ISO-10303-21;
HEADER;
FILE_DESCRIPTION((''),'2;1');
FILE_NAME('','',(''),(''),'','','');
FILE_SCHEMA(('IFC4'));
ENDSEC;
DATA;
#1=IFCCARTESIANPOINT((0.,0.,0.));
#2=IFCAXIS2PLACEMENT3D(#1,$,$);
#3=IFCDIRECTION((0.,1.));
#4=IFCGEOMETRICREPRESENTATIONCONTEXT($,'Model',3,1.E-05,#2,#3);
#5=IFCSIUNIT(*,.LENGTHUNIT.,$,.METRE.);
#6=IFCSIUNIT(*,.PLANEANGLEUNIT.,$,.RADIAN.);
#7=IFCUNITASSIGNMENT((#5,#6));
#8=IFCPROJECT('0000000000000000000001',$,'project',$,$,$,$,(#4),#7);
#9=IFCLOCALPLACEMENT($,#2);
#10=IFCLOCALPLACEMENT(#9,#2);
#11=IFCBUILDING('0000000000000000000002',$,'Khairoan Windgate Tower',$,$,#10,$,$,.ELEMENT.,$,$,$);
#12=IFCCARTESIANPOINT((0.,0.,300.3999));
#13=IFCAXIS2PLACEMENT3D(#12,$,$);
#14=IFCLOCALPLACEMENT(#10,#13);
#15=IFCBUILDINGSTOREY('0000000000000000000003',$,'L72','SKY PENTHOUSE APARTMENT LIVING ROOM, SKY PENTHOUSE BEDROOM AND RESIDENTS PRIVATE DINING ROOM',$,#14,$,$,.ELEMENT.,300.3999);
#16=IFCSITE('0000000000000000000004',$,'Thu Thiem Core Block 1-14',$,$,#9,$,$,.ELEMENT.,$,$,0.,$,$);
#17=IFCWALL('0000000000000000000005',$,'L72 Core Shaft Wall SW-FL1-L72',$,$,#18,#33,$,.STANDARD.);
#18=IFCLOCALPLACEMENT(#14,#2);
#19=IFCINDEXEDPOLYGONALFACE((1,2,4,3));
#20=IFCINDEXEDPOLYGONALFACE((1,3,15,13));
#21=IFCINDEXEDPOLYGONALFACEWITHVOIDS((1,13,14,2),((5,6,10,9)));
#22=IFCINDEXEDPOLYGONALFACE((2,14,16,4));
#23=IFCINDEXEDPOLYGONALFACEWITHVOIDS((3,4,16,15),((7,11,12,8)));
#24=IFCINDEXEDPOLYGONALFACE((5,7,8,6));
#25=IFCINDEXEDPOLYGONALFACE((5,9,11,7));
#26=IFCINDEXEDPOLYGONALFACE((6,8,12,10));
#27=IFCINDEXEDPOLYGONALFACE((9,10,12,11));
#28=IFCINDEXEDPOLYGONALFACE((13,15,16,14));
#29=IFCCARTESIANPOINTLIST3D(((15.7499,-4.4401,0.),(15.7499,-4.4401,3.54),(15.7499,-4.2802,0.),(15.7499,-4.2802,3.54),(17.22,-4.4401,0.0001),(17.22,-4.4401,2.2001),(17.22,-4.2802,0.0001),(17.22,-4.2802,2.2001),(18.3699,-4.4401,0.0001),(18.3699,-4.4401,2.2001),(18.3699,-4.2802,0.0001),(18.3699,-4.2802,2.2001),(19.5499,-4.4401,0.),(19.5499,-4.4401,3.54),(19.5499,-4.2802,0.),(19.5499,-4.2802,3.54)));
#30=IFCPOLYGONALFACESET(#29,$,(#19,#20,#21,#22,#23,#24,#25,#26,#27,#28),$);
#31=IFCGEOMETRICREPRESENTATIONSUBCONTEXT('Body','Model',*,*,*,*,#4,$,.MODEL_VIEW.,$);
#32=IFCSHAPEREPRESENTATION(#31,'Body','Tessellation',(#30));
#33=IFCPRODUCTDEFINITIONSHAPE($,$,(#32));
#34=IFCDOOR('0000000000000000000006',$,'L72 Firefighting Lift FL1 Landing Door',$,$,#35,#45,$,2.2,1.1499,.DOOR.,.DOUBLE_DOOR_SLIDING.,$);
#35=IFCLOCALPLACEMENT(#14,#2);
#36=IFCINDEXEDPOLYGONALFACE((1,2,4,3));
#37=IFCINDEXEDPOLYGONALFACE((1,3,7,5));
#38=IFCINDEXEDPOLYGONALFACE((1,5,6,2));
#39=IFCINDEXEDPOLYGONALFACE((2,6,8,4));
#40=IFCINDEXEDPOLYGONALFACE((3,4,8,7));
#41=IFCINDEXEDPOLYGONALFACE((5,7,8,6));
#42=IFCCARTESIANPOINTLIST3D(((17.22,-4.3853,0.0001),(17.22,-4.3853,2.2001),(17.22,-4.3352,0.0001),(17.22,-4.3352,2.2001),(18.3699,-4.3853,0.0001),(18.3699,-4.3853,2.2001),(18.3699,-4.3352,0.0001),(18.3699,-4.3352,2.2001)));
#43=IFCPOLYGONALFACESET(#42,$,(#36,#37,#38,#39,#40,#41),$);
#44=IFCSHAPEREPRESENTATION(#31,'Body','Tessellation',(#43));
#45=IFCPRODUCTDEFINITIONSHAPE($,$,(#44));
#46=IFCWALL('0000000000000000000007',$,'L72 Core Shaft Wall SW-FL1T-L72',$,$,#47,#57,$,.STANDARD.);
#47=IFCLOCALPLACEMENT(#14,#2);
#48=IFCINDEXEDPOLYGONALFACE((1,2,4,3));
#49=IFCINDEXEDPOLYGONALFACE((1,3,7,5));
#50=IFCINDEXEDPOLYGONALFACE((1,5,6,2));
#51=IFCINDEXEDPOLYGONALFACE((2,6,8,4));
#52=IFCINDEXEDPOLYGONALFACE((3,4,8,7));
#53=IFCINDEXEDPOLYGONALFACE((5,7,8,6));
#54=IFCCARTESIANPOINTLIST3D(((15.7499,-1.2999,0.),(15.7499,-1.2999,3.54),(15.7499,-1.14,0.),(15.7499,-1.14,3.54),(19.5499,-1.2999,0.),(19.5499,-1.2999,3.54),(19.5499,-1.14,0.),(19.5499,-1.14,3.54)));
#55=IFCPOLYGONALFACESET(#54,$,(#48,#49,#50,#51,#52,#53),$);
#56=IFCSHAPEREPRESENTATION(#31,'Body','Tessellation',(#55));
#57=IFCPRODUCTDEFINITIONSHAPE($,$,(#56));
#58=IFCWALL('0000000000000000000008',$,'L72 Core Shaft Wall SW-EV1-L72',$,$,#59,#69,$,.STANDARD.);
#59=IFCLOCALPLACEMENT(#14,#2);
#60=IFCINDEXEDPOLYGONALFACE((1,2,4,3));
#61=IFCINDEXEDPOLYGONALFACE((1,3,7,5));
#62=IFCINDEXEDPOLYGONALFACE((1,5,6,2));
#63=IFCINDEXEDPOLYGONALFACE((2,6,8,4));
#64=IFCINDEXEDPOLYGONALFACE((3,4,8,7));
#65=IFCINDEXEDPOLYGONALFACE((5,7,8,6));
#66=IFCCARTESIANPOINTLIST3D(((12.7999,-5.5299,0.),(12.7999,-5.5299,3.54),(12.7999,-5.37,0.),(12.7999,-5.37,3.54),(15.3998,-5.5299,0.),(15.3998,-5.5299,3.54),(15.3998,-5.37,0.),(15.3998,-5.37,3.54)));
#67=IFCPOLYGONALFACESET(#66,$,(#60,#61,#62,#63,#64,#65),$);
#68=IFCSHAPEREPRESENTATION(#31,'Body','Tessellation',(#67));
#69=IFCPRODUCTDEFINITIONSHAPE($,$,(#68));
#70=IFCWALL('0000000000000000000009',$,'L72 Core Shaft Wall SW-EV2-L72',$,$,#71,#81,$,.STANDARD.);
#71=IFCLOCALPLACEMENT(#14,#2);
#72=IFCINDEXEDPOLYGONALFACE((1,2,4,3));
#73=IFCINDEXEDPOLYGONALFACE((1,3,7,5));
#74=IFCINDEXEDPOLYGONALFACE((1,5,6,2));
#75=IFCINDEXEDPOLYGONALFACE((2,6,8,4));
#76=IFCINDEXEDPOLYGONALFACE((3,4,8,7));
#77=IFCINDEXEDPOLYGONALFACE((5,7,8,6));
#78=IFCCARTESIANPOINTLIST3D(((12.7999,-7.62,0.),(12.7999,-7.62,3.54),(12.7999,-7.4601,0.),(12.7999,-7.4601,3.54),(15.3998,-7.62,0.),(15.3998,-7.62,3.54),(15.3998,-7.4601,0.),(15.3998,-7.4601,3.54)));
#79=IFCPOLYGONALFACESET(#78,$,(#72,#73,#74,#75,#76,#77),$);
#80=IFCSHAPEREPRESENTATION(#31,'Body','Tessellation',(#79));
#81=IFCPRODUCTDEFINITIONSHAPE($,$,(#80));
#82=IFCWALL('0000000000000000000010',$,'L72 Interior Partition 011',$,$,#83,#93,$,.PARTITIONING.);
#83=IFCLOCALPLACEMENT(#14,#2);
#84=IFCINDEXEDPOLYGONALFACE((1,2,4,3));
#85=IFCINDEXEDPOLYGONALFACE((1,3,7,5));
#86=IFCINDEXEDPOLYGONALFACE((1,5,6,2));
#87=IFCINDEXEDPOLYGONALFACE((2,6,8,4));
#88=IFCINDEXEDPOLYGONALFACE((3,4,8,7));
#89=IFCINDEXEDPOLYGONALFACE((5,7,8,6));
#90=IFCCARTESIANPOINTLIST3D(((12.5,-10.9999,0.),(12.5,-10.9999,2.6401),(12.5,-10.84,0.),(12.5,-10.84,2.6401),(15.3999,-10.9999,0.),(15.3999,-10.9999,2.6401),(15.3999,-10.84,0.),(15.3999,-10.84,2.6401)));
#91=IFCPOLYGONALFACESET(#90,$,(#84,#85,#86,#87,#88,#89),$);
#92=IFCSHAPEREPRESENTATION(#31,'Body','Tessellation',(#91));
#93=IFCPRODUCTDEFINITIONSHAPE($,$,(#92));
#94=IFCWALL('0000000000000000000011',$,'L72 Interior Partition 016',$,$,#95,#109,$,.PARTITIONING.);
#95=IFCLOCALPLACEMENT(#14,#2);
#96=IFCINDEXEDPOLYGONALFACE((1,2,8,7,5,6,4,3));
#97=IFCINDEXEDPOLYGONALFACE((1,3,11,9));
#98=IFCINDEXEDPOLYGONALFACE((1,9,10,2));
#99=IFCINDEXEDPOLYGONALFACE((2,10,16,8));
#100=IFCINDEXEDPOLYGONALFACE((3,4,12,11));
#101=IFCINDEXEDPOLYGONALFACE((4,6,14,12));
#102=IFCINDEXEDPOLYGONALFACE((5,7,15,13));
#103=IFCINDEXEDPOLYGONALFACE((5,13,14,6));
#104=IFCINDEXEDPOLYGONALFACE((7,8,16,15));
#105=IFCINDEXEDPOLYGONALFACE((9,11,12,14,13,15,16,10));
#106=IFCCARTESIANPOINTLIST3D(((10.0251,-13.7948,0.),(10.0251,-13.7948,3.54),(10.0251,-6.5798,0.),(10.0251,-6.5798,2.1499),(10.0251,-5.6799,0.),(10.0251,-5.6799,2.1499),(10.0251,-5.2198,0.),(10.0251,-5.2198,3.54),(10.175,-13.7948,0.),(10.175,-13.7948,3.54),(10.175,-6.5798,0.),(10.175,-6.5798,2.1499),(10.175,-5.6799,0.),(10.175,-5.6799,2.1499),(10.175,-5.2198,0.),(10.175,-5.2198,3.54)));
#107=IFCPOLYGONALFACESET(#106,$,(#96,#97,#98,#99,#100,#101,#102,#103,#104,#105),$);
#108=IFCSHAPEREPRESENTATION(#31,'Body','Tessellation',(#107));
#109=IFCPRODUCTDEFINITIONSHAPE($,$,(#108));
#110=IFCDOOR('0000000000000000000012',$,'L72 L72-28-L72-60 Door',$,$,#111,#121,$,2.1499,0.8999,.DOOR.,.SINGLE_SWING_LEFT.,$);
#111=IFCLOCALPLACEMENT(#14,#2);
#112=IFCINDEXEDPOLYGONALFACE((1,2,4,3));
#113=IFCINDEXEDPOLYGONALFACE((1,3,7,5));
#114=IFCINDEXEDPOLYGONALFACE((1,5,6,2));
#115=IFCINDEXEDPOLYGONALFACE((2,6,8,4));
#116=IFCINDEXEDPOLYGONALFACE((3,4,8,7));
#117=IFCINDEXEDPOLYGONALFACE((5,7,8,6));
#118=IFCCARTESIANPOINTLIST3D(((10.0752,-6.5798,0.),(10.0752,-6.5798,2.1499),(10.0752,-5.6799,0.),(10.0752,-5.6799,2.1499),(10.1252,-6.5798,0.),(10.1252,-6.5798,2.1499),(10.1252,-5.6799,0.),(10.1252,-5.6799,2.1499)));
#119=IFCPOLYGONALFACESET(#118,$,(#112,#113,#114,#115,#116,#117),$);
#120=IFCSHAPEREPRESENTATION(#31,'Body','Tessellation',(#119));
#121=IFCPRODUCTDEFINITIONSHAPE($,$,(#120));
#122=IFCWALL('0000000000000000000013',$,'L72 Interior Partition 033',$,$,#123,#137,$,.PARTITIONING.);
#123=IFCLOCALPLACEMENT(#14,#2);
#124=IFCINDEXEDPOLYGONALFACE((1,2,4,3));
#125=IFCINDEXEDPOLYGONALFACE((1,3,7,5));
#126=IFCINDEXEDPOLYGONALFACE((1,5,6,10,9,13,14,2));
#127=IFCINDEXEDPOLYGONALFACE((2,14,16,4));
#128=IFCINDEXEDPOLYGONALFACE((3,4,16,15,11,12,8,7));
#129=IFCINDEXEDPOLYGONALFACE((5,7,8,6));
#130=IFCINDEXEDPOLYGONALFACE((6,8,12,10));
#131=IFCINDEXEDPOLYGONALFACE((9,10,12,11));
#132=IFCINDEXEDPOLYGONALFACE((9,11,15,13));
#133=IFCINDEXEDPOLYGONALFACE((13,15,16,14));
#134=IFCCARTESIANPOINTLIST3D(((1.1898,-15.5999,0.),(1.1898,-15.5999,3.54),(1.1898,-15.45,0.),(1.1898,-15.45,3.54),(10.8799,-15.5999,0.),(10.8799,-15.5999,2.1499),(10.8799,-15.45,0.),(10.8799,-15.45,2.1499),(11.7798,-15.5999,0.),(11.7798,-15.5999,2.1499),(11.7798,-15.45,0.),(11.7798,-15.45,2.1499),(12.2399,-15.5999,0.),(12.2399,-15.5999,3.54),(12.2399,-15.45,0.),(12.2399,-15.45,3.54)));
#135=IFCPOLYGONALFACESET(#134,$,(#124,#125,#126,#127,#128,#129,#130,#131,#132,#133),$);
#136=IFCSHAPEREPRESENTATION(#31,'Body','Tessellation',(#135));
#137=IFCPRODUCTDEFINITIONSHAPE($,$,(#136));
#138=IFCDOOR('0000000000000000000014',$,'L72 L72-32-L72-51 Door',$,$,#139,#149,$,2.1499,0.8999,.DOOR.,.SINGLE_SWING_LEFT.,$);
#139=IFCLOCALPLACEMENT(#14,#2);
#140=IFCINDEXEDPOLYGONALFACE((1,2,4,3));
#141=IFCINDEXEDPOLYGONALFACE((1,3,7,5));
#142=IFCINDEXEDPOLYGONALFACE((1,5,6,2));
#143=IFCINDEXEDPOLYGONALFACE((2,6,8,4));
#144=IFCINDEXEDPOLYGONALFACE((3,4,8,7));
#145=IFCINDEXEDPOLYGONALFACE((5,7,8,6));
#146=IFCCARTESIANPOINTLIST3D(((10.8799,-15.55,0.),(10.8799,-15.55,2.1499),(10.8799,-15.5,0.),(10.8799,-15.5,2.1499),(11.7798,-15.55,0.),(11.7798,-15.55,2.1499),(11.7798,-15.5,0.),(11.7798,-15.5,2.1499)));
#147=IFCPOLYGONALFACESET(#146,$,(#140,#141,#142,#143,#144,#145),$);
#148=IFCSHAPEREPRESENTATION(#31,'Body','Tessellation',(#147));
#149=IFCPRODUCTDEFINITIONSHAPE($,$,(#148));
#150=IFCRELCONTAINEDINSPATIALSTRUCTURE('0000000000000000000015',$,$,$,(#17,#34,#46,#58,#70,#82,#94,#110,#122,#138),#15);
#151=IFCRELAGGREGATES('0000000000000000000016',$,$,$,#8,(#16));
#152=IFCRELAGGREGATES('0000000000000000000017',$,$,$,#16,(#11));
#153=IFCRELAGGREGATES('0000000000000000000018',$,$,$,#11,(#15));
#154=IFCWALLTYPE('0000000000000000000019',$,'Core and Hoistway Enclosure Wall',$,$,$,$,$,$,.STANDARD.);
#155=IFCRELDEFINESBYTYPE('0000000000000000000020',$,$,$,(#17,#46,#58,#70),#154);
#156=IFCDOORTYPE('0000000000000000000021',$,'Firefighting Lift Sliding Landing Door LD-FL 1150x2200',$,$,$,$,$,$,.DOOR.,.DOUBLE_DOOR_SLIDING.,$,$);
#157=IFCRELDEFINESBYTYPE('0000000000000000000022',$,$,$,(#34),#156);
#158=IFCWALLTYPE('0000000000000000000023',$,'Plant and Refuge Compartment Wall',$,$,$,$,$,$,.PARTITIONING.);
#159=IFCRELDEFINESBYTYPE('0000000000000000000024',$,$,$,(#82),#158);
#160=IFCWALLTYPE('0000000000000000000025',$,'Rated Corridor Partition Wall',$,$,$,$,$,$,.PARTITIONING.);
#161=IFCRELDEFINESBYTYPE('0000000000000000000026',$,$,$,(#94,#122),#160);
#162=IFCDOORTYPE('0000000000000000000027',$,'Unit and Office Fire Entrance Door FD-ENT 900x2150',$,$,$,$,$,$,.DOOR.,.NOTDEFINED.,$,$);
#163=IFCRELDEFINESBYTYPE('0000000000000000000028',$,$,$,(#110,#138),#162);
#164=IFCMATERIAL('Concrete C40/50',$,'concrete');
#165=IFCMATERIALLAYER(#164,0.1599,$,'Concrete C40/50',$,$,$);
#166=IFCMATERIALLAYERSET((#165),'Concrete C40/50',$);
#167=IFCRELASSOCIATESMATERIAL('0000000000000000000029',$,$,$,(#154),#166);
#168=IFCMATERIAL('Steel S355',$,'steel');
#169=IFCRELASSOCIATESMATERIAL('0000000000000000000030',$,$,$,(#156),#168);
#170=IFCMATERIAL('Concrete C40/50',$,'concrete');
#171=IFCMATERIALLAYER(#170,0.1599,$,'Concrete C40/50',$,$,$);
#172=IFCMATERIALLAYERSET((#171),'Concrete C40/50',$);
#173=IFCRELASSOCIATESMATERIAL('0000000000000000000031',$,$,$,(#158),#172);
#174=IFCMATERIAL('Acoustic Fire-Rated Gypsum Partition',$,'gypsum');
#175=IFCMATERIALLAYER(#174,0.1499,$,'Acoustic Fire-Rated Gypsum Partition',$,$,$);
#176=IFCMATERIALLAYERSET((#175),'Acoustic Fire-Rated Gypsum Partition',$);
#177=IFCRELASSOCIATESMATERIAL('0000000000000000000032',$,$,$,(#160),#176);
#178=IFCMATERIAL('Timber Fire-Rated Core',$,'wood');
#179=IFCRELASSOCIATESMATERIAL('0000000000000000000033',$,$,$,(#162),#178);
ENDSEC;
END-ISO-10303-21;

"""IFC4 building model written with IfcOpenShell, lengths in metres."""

from ifc_helpers import new_model, si_unit, direction, frame, frame_2d, origin, place, context, subcontext, project, spatial, rectangle, extrude, material, layer, layer_set, type_object, element, fill, save


model = new_model("IFC4")

# Units and contexts
model_context = context("Model", 3, precision=1e-05, world=origin(), true_north=direction((0.0, 1.0)))
body_context = subcontext(model_context, "Body", "Model", "MODEL_VIEW")
ifc_project = project(units=[si_unit("LENGTHUNIT", "METRE"), si_unit("PLANEANGLEUNIT", "RADIAN")], contexts=[model_context])

# Site, building, storey
site_placement = place(None, origin())
site = spatial("IfcSite", under=ifc_project, at=site_placement, Name="Thu Thiem Core Block 1-14", CompositionType="ELEMENT", RefElevation=0.0)
building_placement = place(site_placement, origin())
building = spatial("IfcBuilding", under=site, at=building_placement, Name="Khairoan Windgate Tower", CompositionType="ELEMENT")
storey_placement = place(building_placement, frame((0.0, 0.0, 300.3999)))
storey = spatial("IfcBuildingStorey", under=building, at=storey_placement, Name="L72", Description="SKY PENTHOUSE APARTMENT LIVING ROOM, SKY PENTHOUSE BEDROOM AND RESIDENTS PRIVATE DINING ROOM", CompositionType="ELEMENT", Elevation=300.3999)

# Shared definitions
ifc_material_1 = material(Name="Concrete C40/50", Category="concrete")
ifc_layer_1 = layer(ifc_material_1, 0.1599, Name="Concrete C40/50")
ifc_layer_set_1 = layer_set([ifc_layer_1], Name="Concrete C40/50")
wall_type_1 = type_object("IfcWallType", Name="Core and Hoistway Enclosure Wall", PredefinedType="STANDARD", material=ifc_layer_set_1)

# Wall, opening, door
wall_1_placement = place(storey_placement, frame((15.75, -4.3601, 0.0), z_axis=(0.0, 0.0, 1.0), x_axis=(1.0, 0.0, 0.0)))
wall_1 = element("IfcWall", 1, at=wall_1_placement, inside=storey, type_object=wall_type_1, Name="L72 Core Shaft Wall SW-FL1-L72", PredefinedType="STANDARD", context=body_context, shape_type="SweptSolid", body=[
    extrude(rectangle(XDim=3.8, YDim=0.1599, at=frame_2d((1.8999, 0.0))), origin(), (0.0, 0.0, 1.0), 3.54),
])
opening_1_placement = place(wall_1_placement, frame((1.47, 0.0, 0.0)))
opening_1 = element("IfcOpeningElement", 2, at=opening_1_placement, cuts=wall_1, PredefinedType="OPENING", context=body_context, shape_type="SweptSolid", body=[
    extrude(rectangle(XDim=1.1499, YDim=2.2, at=frame_2d((0.575, 1.1001))), frame((0.0, 0.0898, 0.0), z_axis=(0.0, -1.0, 0.0), x_axis=(1.0, 0.0, 0.0)), (0.0, 0.0, 1.0), 0.1799),
])
ifc_material_2 = material(Name="Steel S355", Category="steel")
door_type_1 = type_object("IfcDoorType", Name="Firefighting Lift Sliding Landing Door LD-FL 1150x2200", OperationType="DOUBLE_DOOR_SLIDING", PredefinedType="DOOR", material=ifc_material_2)
door_1_placement = place(opening_1_placement, origin())
door_1 = element("IfcDoor", 3, at=door_1_placement, inside=storey, type_object=door_type_1, Name="L72 Firefighting Lift FL1 Landing Door", OperationType="DOUBLE_DOOR_SLIDING", OverallHeight=2.2, OverallWidth=1.1499, PredefinedType="DOOR", context=body_context, shape_type="SweptSolid", body=[
    extrude(rectangle(XDim=1.1499, YDim=2.2, at=frame_2d((0.575, 1.1001))), frame((0.0, 0.0249, 0.0), z_axis=(0.0, -1.0, 0.0), x_axis=(1.0, 0.0, 0.0)), (0.0, 0.0, 1.0), 0.05),
])
fill(opening_1, door_1)

# Walls
wall_2_placement = place(storey_placement, frame((15.75, -1.22, 0.0), z_axis=(0.0, 0.0, 1.0), x_axis=(1.0, 0.0, 0.0)))
element("IfcWall", 4, at=wall_2_placement, inside=storey, type_object=wall_type_1, Name="L72 Core Shaft Wall SW-FL1T-L72", PredefinedType="STANDARD", context=body_context, shape_type="SweptSolid", body=[
    extrude(rectangle(XDim=3.8, YDim=0.1599, at=frame_2d((1.8999, 0.0))), origin(), (0.0, 0.0, 1.0), 3.54),
])
for number, where, z_axis, x_axis, name in (
    (5, (12.8, -5.45, 0.0), (0.0, 0.0, 1.0), (1.0, 0.0, 0.0), "L72 Core Shaft Wall SW-EV1-L72"),
    (6, (12.8, -7.54, 0.0), (0.0, 0.0, 1.0), (1.0, 0.0, 0.0), "L72 Core Shaft Wall SW-EV2-L72"),
):
    element("IfcWall", number, at=place(storey_placement, frame(where, z_axis=z_axis, x_axis=x_axis)), inside=storey, type_object=wall_type_1, Name=name, PredefinedType="STANDARD", context=body_context, shape_type="SweptSolid", body=[
        extrude(rectangle(XDim=2.5999, YDim=0.1599, at=frame_2d((1.2998, 0.0))), origin(), (0.0, 0.0, 1.0), 3.54),
    ])
ifc_material_3 = material(Name="Concrete C40/50", Category="concrete")
ifc_layer_2 = layer(ifc_material_3, 0.1599, Name="Concrete C40/50")
ifc_layer_set_2 = layer_set([ifc_layer_2], Name="Concrete C40/50")
wall_type_2 = type_object("IfcWallType", Name="Plant and Refuge Compartment Wall", PredefinedType="PARTITIONING", material=ifc_layer_set_2)
wall_3_placement = place(storey_placement, frame((12.5, -10.9199, 0.0), z_axis=(0.0, 0.0, 1.0), x_axis=(1.0, 0.0, 0.0)))
element("IfcWall", 7, at=wall_3_placement, inside=storey, type_object=wall_type_2, Name="L72 Interior Partition 011", PredefinedType="PARTITIONING", context=body_context, shape_type="SweptSolid", body=[
    extrude(rectangle(XDim=2.8999, YDim=0.1599, at=frame_2d((1.45, 0.0))), origin(), (0.0, 0.0, 1.0), 2.6401),
])

# Walls, openings, doors
ifc_material_4 = material(Name="Acoustic Fire-Rated Gypsum Partition", Category="gypsum")
ifc_layer_3 = layer(ifc_material_4, 0.1499, Name="Acoustic Fire-Rated Gypsum Partition")
ifc_layer_set_3 = layer_set([ifc_layer_3], Name="Acoustic Fire-Rated Gypsum Partition")
wall_type_3 = type_object("IfcWallType", Name="Rated Corridor Partition Wall", PredefinedType="PARTITIONING", material=ifc_layer_set_3)
wall_4_placement = place(storey_placement, frame((10.1001, -13.7949, 0.0), z_axis=(0.0, 0.0, 1.0), x_axis=(0.0, 1.0, 0.0)))
wall_4 = element("IfcWall", 8, at=wall_4_placement, inside=storey, type_object=wall_type_3, Name="L72 Interior Partition 016", PredefinedType="PARTITIONING", context=body_context, shape_type="SweptSolid", body=[
    extrude(rectangle(XDim=8.575, YDim=0.1499, at=frame_2d((4.2876, 0.0))), origin(), (0.0, 0.0, 1.0), 3.54),
])
opening_2_placement = place(wall_4_placement, frame((7.2151, 0.0, 0.0)))
opening_2 = element("IfcOpeningElement", 9, at=opening_2_placement, cuts=wall_4, PredefinedType="OPENING", context=body_context, shape_type="SweptSolid", body=[
    extrude(rectangle(XDim=0.8999, YDim=2.1499, at=frame_2d((0.45, 1.075))), frame((0.0, 0.085, 0.0), z_axis=(0.0, -1.0, 0.0), x_axis=(1.0, 0.0, 0.0)), (0.0, 0.0, 1.0), 0.1699),
])
ifc_material_5 = material(Name="Timber Fire-Rated Core", Category="wood")
door_type_2 = type_object("IfcDoorType", Name="Unit and Office Fire Entrance Door FD-ENT 900x2150", OperationType="NOTDEFINED", PredefinedType="DOOR", material=ifc_material_5)
door_2_placement = place(opening_2_placement, origin())
door_2 = element("IfcDoor", 10, at=door_2_placement, inside=storey, type_object=door_type_2, Name="L72 L72-28-L72-60 Door", OperationType="SINGLE_SWING_LEFT", OverallHeight=2.1499, OverallWidth=0.8999, PredefinedType="DOOR", context=body_context, shape_type="SweptSolid", body=[
    extrude(rectangle(XDim=0.8999, YDim=2.1499, at=frame_2d((0.45, 1.075))), frame((0.0, 0.0249, 0.0), z_axis=(0.0, -1.0, 0.0), x_axis=(1.0, 0.0, 0.0)), (0.0, 0.0, 1.0), 0.05),
])
fill(opening_2, door_2)
wall_5_placement = place(storey_placement, frame((1.1899, -15.5249, 0.0), z_axis=(0.0, 0.0, 1.0), x_axis=(1.0, 0.0, 0.0)))
wall_5 = element("IfcWall", 11, at=wall_5_placement, inside=storey, type_object=wall_type_3, Name="L72 Interior Partition 033", PredefinedType="PARTITIONING", context=body_context, shape_type="SweptSolid", body=[
    extrude(rectangle(XDim=11.05, YDim=0.1499, at=frame_2d((5.5249, 0.0))), origin(), (0.0, 0.0, 1.0), 3.54),
])
opening_3_placement = place(wall_5_placement, frame((9.6899, 0.0, 0.0)))
opening_3 = element("IfcOpeningElement", 12, at=opening_3_placement, cuts=wall_5, PredefinedType="OPENING", context=body_context, shape_type="SweptSolid", body=[
    extrude(rectangle(XDim=0.8999, YDim=2.1499, at=frame_2d((0.45, 1.075))), frame((0.0, 0.085, 0.0), z_axis=(0.0, -1.0, 0.0), x_axis=(1.0, 0.0, 0.0)), (0.0, 0.0, 1.0), 0.1699),
])
door_3_placement = place(opening_3_placement, origin())
door_3 = element("IfcDoor", 13, at=door_3_placement, inside=storey, type_object=door_type_2, Name="L72 L72-32-L72-51 Door", OperationType="SINGLE_SWING_LEFT", OverallHeight=2.1499, OverallWidth=0.8999, PredefinedType="DOOR", context=body_context, shape_type="SweptSolid", body=[
    extrude(rectangle(XDim=0.8999, YDim=2.1499, at=frame_2d((0.45, 1.075))), frame((0.0, 0.0249, 0.0), z_axis=(0.0, -1.0, 0.0), x_axis=(1.0, 0.0, 0.0)), (0.0, 0.0, 1.0), 0.05),
])
fill(opening_3, door_3)

save(model, "model.ifc")
